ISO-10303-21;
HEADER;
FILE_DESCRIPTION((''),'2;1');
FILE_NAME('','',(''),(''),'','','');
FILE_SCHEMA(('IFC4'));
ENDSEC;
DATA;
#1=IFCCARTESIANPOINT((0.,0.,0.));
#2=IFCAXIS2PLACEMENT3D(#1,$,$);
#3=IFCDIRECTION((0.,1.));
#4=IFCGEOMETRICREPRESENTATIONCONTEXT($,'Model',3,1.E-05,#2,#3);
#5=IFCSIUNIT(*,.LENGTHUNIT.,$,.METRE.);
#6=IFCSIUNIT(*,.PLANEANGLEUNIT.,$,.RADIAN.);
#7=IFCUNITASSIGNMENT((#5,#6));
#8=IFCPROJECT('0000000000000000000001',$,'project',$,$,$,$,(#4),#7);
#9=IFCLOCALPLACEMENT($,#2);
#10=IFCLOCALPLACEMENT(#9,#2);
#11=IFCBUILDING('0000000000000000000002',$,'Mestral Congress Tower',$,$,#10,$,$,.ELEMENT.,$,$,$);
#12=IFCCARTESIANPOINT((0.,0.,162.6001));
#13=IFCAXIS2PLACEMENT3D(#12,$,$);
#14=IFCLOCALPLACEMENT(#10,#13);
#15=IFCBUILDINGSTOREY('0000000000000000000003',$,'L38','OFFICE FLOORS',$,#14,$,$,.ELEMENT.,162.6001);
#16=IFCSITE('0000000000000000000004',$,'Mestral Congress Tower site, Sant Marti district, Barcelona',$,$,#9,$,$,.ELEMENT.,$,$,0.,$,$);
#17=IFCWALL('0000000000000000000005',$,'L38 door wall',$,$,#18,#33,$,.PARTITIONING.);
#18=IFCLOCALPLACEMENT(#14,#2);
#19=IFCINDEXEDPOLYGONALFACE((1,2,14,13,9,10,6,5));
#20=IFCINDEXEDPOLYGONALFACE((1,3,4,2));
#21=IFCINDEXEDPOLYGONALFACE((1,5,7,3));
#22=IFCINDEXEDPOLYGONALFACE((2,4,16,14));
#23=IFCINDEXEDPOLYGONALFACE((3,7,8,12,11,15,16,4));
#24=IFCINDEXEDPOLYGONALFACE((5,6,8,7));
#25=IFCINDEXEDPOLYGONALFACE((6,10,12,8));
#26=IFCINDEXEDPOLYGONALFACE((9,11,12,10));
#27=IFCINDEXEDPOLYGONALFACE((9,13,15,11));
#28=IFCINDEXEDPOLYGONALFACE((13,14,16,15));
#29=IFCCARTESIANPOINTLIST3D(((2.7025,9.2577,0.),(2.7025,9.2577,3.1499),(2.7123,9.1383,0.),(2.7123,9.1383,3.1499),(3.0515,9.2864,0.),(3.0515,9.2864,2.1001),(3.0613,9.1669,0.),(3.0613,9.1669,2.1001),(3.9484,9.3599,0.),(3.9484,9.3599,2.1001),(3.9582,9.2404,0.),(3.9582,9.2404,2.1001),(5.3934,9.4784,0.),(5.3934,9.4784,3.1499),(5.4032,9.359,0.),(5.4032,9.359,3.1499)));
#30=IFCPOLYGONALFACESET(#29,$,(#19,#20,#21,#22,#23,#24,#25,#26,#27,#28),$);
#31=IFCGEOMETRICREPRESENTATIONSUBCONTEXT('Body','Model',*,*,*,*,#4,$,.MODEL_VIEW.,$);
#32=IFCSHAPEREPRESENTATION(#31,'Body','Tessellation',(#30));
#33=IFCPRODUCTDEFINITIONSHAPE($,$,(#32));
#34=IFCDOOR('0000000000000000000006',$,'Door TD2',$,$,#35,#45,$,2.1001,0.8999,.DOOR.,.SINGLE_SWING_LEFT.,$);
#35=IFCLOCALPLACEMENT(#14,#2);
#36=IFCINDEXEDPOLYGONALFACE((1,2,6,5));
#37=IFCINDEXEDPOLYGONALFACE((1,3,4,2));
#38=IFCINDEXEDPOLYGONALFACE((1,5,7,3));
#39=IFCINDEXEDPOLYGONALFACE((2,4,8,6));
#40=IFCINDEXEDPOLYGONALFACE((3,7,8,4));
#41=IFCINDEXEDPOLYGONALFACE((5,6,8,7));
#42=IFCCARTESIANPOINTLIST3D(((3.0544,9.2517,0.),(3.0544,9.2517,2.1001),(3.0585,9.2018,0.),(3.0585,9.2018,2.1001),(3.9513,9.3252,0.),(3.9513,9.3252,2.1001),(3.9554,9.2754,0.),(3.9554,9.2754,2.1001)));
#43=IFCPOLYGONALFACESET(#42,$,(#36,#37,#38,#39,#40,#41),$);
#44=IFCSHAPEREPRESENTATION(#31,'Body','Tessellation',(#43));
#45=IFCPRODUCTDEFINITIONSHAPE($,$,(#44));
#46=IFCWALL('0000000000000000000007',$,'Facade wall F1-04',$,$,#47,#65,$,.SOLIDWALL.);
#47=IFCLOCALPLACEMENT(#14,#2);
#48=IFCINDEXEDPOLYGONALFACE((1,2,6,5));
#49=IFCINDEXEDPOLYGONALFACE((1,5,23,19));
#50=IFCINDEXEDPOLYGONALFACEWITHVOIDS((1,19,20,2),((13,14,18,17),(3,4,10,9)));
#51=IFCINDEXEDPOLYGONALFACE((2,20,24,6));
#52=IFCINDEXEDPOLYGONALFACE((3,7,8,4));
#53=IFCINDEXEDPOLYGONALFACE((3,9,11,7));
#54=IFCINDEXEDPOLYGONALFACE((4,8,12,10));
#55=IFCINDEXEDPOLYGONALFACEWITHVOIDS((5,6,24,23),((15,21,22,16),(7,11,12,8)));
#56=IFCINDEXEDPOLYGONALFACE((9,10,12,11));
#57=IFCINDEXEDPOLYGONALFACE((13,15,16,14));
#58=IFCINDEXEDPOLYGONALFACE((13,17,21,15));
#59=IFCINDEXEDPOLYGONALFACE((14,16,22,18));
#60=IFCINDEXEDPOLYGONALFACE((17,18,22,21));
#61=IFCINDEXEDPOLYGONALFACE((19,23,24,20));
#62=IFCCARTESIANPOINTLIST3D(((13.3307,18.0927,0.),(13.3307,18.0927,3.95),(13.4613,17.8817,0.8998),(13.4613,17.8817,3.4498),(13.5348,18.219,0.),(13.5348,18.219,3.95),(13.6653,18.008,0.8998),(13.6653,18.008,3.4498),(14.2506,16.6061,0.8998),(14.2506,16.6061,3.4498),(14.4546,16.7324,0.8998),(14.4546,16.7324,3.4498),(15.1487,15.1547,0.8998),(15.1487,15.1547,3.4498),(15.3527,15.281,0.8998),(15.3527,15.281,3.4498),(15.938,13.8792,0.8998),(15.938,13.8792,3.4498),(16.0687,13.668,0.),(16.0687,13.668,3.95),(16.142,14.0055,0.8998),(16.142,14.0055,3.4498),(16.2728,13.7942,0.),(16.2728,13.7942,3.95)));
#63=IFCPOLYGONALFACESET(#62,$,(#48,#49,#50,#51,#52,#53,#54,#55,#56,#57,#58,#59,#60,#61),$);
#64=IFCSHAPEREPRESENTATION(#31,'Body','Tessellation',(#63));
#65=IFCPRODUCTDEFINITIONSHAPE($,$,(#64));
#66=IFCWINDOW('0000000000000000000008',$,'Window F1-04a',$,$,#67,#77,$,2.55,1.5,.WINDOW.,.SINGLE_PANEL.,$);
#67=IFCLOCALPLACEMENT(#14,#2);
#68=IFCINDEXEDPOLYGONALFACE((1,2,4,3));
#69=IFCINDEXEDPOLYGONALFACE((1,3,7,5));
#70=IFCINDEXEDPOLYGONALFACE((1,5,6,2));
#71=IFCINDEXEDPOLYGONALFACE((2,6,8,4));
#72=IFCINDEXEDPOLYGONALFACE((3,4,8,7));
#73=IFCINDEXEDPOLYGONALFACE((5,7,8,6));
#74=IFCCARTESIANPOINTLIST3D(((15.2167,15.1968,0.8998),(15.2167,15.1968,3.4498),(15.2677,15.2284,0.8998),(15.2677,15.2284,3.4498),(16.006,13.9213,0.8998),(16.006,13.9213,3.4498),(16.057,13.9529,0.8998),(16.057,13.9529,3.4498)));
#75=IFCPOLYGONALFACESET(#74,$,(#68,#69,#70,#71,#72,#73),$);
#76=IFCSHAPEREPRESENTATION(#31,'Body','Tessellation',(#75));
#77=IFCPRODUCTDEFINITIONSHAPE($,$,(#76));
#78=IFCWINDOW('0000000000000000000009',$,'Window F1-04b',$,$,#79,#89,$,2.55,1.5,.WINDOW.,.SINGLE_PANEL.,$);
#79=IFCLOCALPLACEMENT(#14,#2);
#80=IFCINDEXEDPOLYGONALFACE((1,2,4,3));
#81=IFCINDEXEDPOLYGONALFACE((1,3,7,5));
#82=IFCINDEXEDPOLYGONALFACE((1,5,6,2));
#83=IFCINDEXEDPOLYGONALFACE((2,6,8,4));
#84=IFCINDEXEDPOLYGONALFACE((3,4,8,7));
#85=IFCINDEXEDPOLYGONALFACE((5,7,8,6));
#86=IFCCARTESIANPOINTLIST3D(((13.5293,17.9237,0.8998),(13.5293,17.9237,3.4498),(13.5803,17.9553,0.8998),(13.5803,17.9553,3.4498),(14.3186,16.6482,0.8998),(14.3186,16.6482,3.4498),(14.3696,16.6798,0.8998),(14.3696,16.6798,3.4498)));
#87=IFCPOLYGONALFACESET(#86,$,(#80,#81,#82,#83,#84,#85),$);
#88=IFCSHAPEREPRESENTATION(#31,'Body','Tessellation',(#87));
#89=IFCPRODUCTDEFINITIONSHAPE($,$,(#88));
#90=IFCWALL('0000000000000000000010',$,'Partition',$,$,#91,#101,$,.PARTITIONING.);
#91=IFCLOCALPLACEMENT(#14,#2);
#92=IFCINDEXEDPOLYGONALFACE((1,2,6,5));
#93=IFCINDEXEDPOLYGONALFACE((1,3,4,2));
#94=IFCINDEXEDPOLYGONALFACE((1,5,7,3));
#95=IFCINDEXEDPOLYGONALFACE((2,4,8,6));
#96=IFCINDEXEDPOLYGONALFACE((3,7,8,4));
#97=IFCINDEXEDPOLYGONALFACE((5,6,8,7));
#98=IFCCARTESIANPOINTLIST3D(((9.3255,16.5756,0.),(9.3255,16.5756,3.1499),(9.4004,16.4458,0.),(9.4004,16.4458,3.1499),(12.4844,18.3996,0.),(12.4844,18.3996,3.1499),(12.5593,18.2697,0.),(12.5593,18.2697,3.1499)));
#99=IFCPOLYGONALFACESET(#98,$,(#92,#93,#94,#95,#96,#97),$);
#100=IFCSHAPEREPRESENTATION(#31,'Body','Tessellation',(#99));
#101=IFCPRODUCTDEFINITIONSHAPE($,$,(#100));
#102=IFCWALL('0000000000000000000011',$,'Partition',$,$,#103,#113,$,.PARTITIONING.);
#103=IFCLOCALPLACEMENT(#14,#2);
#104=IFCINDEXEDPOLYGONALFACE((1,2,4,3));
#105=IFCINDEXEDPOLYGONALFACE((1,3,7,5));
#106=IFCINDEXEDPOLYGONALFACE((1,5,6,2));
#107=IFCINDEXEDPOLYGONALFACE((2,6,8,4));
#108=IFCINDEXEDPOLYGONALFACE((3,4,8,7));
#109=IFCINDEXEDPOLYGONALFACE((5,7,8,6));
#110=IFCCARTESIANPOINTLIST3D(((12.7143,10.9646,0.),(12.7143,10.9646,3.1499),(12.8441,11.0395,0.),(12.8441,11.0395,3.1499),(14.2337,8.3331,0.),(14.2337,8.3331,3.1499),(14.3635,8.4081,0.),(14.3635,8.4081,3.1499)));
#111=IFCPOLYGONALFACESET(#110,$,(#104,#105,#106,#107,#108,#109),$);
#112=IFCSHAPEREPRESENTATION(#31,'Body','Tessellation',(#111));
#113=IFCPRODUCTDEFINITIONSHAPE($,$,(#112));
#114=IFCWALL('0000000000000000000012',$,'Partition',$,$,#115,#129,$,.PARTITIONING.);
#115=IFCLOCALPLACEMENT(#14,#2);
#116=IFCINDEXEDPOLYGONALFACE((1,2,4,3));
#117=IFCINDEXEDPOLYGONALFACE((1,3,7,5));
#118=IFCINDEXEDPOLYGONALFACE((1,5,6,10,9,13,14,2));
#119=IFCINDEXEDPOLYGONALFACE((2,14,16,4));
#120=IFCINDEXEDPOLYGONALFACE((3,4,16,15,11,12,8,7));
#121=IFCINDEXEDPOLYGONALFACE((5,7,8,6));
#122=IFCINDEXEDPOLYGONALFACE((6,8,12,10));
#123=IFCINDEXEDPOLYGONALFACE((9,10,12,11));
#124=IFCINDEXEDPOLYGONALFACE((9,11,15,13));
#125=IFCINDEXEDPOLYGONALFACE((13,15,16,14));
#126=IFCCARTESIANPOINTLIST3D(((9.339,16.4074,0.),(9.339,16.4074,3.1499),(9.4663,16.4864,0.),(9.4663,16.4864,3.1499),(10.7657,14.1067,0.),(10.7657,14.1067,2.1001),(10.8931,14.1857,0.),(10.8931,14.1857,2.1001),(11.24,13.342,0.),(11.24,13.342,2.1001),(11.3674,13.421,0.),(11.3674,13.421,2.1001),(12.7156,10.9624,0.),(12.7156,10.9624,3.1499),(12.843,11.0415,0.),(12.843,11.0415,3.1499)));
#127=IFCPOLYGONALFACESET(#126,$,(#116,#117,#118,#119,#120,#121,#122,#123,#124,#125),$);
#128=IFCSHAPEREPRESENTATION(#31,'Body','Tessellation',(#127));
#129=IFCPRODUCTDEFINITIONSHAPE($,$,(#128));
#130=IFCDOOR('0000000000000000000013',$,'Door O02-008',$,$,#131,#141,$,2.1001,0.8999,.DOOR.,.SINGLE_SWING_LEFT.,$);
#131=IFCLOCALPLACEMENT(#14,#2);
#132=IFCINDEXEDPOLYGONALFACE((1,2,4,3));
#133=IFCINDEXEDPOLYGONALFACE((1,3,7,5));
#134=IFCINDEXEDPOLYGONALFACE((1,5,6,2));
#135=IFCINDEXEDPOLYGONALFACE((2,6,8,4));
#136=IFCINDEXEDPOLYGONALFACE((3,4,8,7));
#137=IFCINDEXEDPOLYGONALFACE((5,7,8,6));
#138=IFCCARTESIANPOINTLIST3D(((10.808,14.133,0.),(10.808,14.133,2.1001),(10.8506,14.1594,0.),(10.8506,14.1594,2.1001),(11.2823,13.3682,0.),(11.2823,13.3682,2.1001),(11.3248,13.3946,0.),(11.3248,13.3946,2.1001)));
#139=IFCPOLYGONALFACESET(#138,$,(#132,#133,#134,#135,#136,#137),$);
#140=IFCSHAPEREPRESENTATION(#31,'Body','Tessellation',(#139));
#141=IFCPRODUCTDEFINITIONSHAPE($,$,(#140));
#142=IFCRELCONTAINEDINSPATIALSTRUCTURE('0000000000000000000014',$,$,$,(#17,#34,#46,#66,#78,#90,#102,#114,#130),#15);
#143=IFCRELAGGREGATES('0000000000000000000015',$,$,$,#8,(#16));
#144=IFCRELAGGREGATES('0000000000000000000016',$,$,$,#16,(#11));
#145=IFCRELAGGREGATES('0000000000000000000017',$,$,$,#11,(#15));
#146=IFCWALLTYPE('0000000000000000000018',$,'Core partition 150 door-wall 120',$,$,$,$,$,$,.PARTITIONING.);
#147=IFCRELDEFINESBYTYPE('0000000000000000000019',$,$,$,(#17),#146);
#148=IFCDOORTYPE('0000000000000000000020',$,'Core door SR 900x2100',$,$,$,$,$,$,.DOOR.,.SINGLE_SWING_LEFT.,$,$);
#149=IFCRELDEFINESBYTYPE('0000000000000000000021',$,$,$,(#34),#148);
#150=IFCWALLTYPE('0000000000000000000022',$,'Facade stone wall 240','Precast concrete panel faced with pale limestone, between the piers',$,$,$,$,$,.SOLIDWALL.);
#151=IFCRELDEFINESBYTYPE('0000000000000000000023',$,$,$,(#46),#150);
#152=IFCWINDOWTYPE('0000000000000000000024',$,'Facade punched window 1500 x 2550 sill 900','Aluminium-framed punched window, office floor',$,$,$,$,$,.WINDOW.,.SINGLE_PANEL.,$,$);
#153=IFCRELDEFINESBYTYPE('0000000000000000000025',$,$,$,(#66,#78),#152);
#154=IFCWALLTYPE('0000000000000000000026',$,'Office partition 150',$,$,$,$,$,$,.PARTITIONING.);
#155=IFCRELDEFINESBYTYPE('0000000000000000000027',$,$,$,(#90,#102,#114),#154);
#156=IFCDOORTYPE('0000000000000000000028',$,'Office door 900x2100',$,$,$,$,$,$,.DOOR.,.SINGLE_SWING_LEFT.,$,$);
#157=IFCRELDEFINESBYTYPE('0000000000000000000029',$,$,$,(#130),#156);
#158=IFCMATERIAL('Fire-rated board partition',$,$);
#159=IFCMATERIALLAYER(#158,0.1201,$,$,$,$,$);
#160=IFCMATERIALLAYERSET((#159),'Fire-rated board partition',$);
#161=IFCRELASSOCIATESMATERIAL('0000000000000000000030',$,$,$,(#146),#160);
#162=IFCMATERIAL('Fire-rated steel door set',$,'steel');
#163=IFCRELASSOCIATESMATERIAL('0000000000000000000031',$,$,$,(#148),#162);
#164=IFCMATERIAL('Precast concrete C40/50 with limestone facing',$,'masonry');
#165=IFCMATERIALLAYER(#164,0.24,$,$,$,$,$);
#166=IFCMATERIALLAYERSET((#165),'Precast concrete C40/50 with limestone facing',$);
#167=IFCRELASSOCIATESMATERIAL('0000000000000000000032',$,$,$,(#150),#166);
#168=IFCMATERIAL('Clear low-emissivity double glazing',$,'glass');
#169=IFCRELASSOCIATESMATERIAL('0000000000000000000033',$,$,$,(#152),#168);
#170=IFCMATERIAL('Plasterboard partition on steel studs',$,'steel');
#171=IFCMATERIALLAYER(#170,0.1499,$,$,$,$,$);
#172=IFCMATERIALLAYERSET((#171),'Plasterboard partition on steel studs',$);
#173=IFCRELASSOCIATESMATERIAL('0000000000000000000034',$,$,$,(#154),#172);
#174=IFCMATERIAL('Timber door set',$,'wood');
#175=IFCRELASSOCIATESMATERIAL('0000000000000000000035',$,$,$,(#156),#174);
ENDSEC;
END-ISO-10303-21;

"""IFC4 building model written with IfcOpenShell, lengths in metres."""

from ifc_helpers import new_model, si_unit, direction, frame, frame_2d, origin, place, context, subcontext, project, spatial, rectangle, extrude, material, layer, layer_set, type_object, element, fill, save


model = new_model("IFC4")

# Units and contexts
model_context = context("Model", 3, precision=1e-05, world=origin(), true_north=direction((0.0, 1.0)))
body_context = subcontext(model_context, "Body", "Model", "MODEL_VIEW")
ifc_project = project(units=[si_unit("LENGTHUNIT", "METRE"), si_unit("PLANEANGLEUNIT", "RADIAN")], contexts=[model_context])

# Site, building, storey
site_placement = place(None, origin())
site = spatial("IfcSite", under=ifc_project, at=site_placement, Name="Mestral Congress Tower site, Sant Marti district, Barcelona", CompositionType="ELEMENT", RefElevation=0.0)
building_placement = place(site_placement, origin())
building = spatial("IfcBuilding", under=site, at=building_placement, Name="Mestral Congress Tower", CompositionType="ELEMENT")
storey_placement = place(building_placement, frame((0.0, 0.0, 162.6001)))
storey = spatial("IfcBuildingStorey", under=building, at=storey_placement, Name="L38", Description="OFFICE FLOORS", CompositionType="ELEMENT", Elevation=162.6001)

# Shared definitions
ifc_material_1 = material(Name="Fire-rated board partition")

# Wall, opening, door
ifc_layer_1 = layer(ifc_material_1, 0.1201)
ifc_layer_set_1 = layer_set([ifc_layer_1], Name="Fire-rated board partition")
wall_type_1 = type_object("IfcWallType", Name="Core partition 150 door-wall 120", PredefinedType="PARTITIONING", material=ifc_layer_set_1)
wall_1_placement = place(storey_placement, frame((5.3984, 9.4187, 0.0), z_axis=(0.0, 0.0, 1.0), x_axis=(-0.996653, -0.081743, 0.0)))
wall_1 = element("IfcWall", 1, at=wall_1_placement, inside=storey, type_object=wall_type_1, Name="L38 door wall", PredefinedType="PARTITIONING", context=body_context, shape_type="SweptSolid", body=[
    extrude(rectangle(XDim=2.7, YDim=0.1199, at=frame_2d((1.3501, 0.0))), origin(), (0.0, 0.0, 1.0), 3.1499),
])
opening_1_placement = place(wall_1_placement, frame((1.45, 0.0, 0.0)))
opening_1 = element("IfcOpeningElement", 2, at=opening_1_placement, cuts=wall_1, PredefinedType="OPENING", context=body_context, shape_type="SweptSolid", body=[
    extrude(rectangle(XDim=0.8999, YDim=2.1001, at=frame_2d((0.45, 1.05))), frame((0.0, 0.0698, 0.0), z_axis=(0.0, -1.0, 0.0), x_axis=(1.0, 0.0, 0.0)), (0.0, 0.0, 1.0), 0.1399),
])
ifc_material_2 = material(Name="Fire-rated steel door set", Category="steel")
door_type_1 = type_object("IfcDoorType", Name="Core door SR 900x2100", OperationType="SINGLE_SWING_LEFT", PredefinedType="DOOR", material=ifc_material_2)
door_1_placement = place(opening_1_placement, origin())
door_1 = element("IfcDoor", 3, at=door_1_placement, inside=storey, type_object=door_type_1, Name="Door TD2", OperationType="SINGLE_SWING_LEFT", OverallHeight=2.1001, OverallWidth=0.8999, PredefinedType="DOOR", context=body_context, shape_type="SweptSolid", body=[
    extrude(rectangle(XDim=0.8999, YDim=2.1001, at=frame_2d((0.45, 1.05))), frame((0.0, 0.0249, 0.0), z_axis=(0.0, -1.0, 0.0), x_axis=(1.0, 0.0, 0.0)), (0.0, 0.0, 1.0), 0.05),
])
fill(opening_1, door_1)

# Wall, openings, windows
ifc_material_3 = material(Name="Precast concrete C40/50 with limestone facing", Category="masonry")
ifc_layer_2 = layer(ifc_material_3, 0.24)
ifc_layer_set_2 = layer_set([ifc_layer_2], Name="Precast concrete C40/50 with limestone facing")
wall_type_2 = type_object("IfcWallType", Name="Facade stone wall 240", Description="Precast concrete panel faced with pale limestone, between the piers", PredefinedType="SOLIDWALL", material=ifc_layer_set_2)
wall_2_placement = place(storey_placement, frame((16.1707, 13.7312, 0.0), z_axis=(0.0, 0.0, 1.0), x_axis=(-0.526198, 0.850362, 0.0)))
wall_2 = element("IfcWall", 4, at=wall_2_placement, inside=storey, type_object=wall_type_2, Name="Facade wall F1-04", PredefinedType="SOLIDWALL", context=body_context, shape_type="SweptSolid", body=[
    extrude(rectangle(XDim=5.2034, YDim=0.24, at=frame_2d((2.6016, 0.0))), origin(), (0.0, 0.0, 1.0), 3.95),
])
opening_2_placement = place(wall_2_placement, frame((0.2483, 0.0, 0.8999)))
opening_2 = element("IfcOpeningElement", 5, at=opening_2_placement, cuts=wall_2, PredefinedType="OPENING", context=body_context, shape_type="SweptSolid", body=[
    extrude(rectangle(XDim=1.5, YDim=2.55, at=frame_2d((0.75, 1.2749))), frame((0.0, 0.1299, 0.0), z_axis=(0.0, -1.0, 0.0), x_axis=(1.0, 0.0, 0.0)), (0.0, 0.0, 1.0), 0.26),
])
opening_3_placement = place(wall_2_placement, frame((3.4551, 0.0, 0.8999)))
opening_3 = element("IfcOpeningElement", 6, at=opening_3_placement, cuts=wall_2, PredefinedType="OPENING", context=body_context, shape_type="SweptSolid", body=[
    extrude(rectangle(XDim=1.5, YDim=2.55, at=frame_2d((0.75, 1.2749))), frame((0.0, 0.1299, 0.0), z_axis=(0.0, -1.0, 0.0), x_axis=(1.0, 0.0, 0.0)), (0.0, 0.0, 1.0), 0.26),
])
ifc_material_4 = material(Name="Clear low-emissivity double glazing", Category="glass")
window_type = type_object("IfcWindowType", Name="Facade punched window 1500 x 2550 sill 900", Description="Aluminium-framed punched window, office floor", PartitioningType="SINGLE_PANEL", PredefinedType="WINDOW", material=ifc_material_4)
window_1_placement = place(opening_2_placement, origin())
window_1 = element("IfcWindow", 7, at=window_1_placement, inside=storey, type_object=window_type, Name="Window F1-04a", OverallHeight=2.55, OverallWidth=1.5, PartitioningType="SINGLE_PANEL", PredefinedType="WINDOW", context=body_context, shape_type="SweptSolid", body=[
    extrude(rectangle(XDim=1.5, YDim=2.55, at=frame_2d((0.75, 1.2749))), frame((0.0, 0.04, 0.0), z_axis=(0.0, -1.0, 0.0), x_axis=(1.0, 0.0, 0.0)), (0.0, 0.0, 1.0), 0.0601),
])
fill(opening_2, window_1)
window_2_placement = place(opening_3_placement, origin())
window_2 = element("IfcWindow", 8, at=window_2_placement, inside=storey, type_object=window_type, Name="Window F1-04b", OverallHeight=2.55, OverallWidth=1.5, PartitioningType="SINGLE_PANEL", PredefinedType="WINDOW", context=body_context, shape_type="SweptSolid", body=[
    extrude(rectangle(XDim=1.5, YDim=2.55, at=frame_2d((0.75, 1.2749))), frame((0.0, 0.04, 0.0), z_axis=(0.0, -1.0, 0.0), x_axis=(1.0, 0.0, 0.0)), (0.0, 0.0, 1.0), 0.0601),
])
fill(opening_3, window_2)

# Walls
ifc_material_5 = material(Name="Plasterboard partition on steel studs", Category="steel")
ifc_layer_3 = layer(ifc_material_5, 0.1499)
ifc_layer_set_3 = layer_set([ifc_layer_3], Name="Plasterboard partition on steel studs")
wall_type_3 = type_object("IfcWallType", Name="Office partition 150", PredefinedType="PARTITIONING", material=ifc_layer_set_3)
wall_3_placement = place(storey_placement, frame((9.363, 16.5107, 0.0), z_axis=(0.0, 0.0, 1.0), x_axis=(0.866006, 0.500033, 0.0)))
element("IfcWall", 9, at=wall_3_placement, inside=storey, type_object=wall_type_3, Name="Partition", PredefinedType="PARTITIONING", context=body_context, shape_type="SweptSolid", body=[
    extrude(rectangle(XDim=3.6477, YDim=0.1499, at=frame_2d((1.8237, 0.0))), origin(), (0.0, 0.0, 1.0), 3.1499),
])
wall_4_placement = place(storey_placement, frame((14.2986, 8.3706, 0.0), z_axis=(0.0, 0.0, 1.0), x_axis=(-0.500019, 0.866014, 0.0)))
element("IfcWall", 10, at=wall_4_placement, inside=storey, type_object=wall_type_3, Name="Partition", PredefinedType="PARTITIONING", context=body_context, shape_type="SweptSolid", body=[
    extrude(rectangle(XDim=3.0386, YDim=0.1499, at=frame_2d((1.5193, 0.0))), origin(), (0.0, 0.0, 1.0), 3.1499),
])

# Wall, opening, door
wall_5_placement = place(storey_placement, frame((9.4026, 16.447, 0.0), z_axis=(0.0, 0.0, 1.0), x_axis=(0.527026, -0.849849, 0.0)))
wall_5 = element("IfcWall", 11, at=wall_5_placement, inside=storey, type_object=wall_type_3, Name="Partition", PredefinedType="PARTITIONING", context=body_context, shape_type="SweptSolid", body=[
    extrude(rectangle(XDim=6.407, YDim=0.1499, at=frame_2d((3.2036, 0.0))), origin(), (0.0, 0.0, 1.0), 3.1499),
])
opening_4_placement = place(wall_5_placement, frame((2.7073, 0.0, 0.0)))
opening_4 = element("IfcOpeningElement", 12, at=opening_4_placement, cuts=wall_5, PredefinedType="OPENING", context=body_context, shape_type="SweptSolid", body=[
    extrude(rectangle(XDim=0.8999, YDim=2.1001, at=frame_2d((0.45, 1.05))), frame((0.0, 0.085, 0.0), z_axis=(0.0, -1.0, 0.0), x_axis=(1.0, 0.0, 0.0)), (0.0, 0.0, 1.0), 0.1699),
])
ifc_material_6 = material(Name="Timber door set", Category="wood")
door_type_2 = type_object("IfcDoorType", Name="Office door 900x2100", OperationType="SINGLE_SWING_LEFT", PredefinedType="DOOR", material=ifc_material_6)
door_2_placement = place(opening_4_placement, origin())
door_2 = element("IfcDoor", 13, at=door_2_placement, inside=storey, type_object=door_type_2, Name="Door O02-008", OperationType="SINGLE_SWING_LEFT", OverallHeight=2.1001, OverallWidth=0.8999, PredefinedType="DOOR", context=body_context, shape_type="SweptSolid", body=[
    extrude(rectangle(XDim=0.8999, YDim=2.1001, at=frame_2d((0.45, 1.05))), frame((0.0, 0.0249, 0.0), z_axis=(0.0, -1.0, 0.0), x_axis=(1.0, 0.0, 0.0)), (0.0, 0.0, 1.0), 0.05),
])
fill(opening_4, door_2)

save(model, "model.ifc")
